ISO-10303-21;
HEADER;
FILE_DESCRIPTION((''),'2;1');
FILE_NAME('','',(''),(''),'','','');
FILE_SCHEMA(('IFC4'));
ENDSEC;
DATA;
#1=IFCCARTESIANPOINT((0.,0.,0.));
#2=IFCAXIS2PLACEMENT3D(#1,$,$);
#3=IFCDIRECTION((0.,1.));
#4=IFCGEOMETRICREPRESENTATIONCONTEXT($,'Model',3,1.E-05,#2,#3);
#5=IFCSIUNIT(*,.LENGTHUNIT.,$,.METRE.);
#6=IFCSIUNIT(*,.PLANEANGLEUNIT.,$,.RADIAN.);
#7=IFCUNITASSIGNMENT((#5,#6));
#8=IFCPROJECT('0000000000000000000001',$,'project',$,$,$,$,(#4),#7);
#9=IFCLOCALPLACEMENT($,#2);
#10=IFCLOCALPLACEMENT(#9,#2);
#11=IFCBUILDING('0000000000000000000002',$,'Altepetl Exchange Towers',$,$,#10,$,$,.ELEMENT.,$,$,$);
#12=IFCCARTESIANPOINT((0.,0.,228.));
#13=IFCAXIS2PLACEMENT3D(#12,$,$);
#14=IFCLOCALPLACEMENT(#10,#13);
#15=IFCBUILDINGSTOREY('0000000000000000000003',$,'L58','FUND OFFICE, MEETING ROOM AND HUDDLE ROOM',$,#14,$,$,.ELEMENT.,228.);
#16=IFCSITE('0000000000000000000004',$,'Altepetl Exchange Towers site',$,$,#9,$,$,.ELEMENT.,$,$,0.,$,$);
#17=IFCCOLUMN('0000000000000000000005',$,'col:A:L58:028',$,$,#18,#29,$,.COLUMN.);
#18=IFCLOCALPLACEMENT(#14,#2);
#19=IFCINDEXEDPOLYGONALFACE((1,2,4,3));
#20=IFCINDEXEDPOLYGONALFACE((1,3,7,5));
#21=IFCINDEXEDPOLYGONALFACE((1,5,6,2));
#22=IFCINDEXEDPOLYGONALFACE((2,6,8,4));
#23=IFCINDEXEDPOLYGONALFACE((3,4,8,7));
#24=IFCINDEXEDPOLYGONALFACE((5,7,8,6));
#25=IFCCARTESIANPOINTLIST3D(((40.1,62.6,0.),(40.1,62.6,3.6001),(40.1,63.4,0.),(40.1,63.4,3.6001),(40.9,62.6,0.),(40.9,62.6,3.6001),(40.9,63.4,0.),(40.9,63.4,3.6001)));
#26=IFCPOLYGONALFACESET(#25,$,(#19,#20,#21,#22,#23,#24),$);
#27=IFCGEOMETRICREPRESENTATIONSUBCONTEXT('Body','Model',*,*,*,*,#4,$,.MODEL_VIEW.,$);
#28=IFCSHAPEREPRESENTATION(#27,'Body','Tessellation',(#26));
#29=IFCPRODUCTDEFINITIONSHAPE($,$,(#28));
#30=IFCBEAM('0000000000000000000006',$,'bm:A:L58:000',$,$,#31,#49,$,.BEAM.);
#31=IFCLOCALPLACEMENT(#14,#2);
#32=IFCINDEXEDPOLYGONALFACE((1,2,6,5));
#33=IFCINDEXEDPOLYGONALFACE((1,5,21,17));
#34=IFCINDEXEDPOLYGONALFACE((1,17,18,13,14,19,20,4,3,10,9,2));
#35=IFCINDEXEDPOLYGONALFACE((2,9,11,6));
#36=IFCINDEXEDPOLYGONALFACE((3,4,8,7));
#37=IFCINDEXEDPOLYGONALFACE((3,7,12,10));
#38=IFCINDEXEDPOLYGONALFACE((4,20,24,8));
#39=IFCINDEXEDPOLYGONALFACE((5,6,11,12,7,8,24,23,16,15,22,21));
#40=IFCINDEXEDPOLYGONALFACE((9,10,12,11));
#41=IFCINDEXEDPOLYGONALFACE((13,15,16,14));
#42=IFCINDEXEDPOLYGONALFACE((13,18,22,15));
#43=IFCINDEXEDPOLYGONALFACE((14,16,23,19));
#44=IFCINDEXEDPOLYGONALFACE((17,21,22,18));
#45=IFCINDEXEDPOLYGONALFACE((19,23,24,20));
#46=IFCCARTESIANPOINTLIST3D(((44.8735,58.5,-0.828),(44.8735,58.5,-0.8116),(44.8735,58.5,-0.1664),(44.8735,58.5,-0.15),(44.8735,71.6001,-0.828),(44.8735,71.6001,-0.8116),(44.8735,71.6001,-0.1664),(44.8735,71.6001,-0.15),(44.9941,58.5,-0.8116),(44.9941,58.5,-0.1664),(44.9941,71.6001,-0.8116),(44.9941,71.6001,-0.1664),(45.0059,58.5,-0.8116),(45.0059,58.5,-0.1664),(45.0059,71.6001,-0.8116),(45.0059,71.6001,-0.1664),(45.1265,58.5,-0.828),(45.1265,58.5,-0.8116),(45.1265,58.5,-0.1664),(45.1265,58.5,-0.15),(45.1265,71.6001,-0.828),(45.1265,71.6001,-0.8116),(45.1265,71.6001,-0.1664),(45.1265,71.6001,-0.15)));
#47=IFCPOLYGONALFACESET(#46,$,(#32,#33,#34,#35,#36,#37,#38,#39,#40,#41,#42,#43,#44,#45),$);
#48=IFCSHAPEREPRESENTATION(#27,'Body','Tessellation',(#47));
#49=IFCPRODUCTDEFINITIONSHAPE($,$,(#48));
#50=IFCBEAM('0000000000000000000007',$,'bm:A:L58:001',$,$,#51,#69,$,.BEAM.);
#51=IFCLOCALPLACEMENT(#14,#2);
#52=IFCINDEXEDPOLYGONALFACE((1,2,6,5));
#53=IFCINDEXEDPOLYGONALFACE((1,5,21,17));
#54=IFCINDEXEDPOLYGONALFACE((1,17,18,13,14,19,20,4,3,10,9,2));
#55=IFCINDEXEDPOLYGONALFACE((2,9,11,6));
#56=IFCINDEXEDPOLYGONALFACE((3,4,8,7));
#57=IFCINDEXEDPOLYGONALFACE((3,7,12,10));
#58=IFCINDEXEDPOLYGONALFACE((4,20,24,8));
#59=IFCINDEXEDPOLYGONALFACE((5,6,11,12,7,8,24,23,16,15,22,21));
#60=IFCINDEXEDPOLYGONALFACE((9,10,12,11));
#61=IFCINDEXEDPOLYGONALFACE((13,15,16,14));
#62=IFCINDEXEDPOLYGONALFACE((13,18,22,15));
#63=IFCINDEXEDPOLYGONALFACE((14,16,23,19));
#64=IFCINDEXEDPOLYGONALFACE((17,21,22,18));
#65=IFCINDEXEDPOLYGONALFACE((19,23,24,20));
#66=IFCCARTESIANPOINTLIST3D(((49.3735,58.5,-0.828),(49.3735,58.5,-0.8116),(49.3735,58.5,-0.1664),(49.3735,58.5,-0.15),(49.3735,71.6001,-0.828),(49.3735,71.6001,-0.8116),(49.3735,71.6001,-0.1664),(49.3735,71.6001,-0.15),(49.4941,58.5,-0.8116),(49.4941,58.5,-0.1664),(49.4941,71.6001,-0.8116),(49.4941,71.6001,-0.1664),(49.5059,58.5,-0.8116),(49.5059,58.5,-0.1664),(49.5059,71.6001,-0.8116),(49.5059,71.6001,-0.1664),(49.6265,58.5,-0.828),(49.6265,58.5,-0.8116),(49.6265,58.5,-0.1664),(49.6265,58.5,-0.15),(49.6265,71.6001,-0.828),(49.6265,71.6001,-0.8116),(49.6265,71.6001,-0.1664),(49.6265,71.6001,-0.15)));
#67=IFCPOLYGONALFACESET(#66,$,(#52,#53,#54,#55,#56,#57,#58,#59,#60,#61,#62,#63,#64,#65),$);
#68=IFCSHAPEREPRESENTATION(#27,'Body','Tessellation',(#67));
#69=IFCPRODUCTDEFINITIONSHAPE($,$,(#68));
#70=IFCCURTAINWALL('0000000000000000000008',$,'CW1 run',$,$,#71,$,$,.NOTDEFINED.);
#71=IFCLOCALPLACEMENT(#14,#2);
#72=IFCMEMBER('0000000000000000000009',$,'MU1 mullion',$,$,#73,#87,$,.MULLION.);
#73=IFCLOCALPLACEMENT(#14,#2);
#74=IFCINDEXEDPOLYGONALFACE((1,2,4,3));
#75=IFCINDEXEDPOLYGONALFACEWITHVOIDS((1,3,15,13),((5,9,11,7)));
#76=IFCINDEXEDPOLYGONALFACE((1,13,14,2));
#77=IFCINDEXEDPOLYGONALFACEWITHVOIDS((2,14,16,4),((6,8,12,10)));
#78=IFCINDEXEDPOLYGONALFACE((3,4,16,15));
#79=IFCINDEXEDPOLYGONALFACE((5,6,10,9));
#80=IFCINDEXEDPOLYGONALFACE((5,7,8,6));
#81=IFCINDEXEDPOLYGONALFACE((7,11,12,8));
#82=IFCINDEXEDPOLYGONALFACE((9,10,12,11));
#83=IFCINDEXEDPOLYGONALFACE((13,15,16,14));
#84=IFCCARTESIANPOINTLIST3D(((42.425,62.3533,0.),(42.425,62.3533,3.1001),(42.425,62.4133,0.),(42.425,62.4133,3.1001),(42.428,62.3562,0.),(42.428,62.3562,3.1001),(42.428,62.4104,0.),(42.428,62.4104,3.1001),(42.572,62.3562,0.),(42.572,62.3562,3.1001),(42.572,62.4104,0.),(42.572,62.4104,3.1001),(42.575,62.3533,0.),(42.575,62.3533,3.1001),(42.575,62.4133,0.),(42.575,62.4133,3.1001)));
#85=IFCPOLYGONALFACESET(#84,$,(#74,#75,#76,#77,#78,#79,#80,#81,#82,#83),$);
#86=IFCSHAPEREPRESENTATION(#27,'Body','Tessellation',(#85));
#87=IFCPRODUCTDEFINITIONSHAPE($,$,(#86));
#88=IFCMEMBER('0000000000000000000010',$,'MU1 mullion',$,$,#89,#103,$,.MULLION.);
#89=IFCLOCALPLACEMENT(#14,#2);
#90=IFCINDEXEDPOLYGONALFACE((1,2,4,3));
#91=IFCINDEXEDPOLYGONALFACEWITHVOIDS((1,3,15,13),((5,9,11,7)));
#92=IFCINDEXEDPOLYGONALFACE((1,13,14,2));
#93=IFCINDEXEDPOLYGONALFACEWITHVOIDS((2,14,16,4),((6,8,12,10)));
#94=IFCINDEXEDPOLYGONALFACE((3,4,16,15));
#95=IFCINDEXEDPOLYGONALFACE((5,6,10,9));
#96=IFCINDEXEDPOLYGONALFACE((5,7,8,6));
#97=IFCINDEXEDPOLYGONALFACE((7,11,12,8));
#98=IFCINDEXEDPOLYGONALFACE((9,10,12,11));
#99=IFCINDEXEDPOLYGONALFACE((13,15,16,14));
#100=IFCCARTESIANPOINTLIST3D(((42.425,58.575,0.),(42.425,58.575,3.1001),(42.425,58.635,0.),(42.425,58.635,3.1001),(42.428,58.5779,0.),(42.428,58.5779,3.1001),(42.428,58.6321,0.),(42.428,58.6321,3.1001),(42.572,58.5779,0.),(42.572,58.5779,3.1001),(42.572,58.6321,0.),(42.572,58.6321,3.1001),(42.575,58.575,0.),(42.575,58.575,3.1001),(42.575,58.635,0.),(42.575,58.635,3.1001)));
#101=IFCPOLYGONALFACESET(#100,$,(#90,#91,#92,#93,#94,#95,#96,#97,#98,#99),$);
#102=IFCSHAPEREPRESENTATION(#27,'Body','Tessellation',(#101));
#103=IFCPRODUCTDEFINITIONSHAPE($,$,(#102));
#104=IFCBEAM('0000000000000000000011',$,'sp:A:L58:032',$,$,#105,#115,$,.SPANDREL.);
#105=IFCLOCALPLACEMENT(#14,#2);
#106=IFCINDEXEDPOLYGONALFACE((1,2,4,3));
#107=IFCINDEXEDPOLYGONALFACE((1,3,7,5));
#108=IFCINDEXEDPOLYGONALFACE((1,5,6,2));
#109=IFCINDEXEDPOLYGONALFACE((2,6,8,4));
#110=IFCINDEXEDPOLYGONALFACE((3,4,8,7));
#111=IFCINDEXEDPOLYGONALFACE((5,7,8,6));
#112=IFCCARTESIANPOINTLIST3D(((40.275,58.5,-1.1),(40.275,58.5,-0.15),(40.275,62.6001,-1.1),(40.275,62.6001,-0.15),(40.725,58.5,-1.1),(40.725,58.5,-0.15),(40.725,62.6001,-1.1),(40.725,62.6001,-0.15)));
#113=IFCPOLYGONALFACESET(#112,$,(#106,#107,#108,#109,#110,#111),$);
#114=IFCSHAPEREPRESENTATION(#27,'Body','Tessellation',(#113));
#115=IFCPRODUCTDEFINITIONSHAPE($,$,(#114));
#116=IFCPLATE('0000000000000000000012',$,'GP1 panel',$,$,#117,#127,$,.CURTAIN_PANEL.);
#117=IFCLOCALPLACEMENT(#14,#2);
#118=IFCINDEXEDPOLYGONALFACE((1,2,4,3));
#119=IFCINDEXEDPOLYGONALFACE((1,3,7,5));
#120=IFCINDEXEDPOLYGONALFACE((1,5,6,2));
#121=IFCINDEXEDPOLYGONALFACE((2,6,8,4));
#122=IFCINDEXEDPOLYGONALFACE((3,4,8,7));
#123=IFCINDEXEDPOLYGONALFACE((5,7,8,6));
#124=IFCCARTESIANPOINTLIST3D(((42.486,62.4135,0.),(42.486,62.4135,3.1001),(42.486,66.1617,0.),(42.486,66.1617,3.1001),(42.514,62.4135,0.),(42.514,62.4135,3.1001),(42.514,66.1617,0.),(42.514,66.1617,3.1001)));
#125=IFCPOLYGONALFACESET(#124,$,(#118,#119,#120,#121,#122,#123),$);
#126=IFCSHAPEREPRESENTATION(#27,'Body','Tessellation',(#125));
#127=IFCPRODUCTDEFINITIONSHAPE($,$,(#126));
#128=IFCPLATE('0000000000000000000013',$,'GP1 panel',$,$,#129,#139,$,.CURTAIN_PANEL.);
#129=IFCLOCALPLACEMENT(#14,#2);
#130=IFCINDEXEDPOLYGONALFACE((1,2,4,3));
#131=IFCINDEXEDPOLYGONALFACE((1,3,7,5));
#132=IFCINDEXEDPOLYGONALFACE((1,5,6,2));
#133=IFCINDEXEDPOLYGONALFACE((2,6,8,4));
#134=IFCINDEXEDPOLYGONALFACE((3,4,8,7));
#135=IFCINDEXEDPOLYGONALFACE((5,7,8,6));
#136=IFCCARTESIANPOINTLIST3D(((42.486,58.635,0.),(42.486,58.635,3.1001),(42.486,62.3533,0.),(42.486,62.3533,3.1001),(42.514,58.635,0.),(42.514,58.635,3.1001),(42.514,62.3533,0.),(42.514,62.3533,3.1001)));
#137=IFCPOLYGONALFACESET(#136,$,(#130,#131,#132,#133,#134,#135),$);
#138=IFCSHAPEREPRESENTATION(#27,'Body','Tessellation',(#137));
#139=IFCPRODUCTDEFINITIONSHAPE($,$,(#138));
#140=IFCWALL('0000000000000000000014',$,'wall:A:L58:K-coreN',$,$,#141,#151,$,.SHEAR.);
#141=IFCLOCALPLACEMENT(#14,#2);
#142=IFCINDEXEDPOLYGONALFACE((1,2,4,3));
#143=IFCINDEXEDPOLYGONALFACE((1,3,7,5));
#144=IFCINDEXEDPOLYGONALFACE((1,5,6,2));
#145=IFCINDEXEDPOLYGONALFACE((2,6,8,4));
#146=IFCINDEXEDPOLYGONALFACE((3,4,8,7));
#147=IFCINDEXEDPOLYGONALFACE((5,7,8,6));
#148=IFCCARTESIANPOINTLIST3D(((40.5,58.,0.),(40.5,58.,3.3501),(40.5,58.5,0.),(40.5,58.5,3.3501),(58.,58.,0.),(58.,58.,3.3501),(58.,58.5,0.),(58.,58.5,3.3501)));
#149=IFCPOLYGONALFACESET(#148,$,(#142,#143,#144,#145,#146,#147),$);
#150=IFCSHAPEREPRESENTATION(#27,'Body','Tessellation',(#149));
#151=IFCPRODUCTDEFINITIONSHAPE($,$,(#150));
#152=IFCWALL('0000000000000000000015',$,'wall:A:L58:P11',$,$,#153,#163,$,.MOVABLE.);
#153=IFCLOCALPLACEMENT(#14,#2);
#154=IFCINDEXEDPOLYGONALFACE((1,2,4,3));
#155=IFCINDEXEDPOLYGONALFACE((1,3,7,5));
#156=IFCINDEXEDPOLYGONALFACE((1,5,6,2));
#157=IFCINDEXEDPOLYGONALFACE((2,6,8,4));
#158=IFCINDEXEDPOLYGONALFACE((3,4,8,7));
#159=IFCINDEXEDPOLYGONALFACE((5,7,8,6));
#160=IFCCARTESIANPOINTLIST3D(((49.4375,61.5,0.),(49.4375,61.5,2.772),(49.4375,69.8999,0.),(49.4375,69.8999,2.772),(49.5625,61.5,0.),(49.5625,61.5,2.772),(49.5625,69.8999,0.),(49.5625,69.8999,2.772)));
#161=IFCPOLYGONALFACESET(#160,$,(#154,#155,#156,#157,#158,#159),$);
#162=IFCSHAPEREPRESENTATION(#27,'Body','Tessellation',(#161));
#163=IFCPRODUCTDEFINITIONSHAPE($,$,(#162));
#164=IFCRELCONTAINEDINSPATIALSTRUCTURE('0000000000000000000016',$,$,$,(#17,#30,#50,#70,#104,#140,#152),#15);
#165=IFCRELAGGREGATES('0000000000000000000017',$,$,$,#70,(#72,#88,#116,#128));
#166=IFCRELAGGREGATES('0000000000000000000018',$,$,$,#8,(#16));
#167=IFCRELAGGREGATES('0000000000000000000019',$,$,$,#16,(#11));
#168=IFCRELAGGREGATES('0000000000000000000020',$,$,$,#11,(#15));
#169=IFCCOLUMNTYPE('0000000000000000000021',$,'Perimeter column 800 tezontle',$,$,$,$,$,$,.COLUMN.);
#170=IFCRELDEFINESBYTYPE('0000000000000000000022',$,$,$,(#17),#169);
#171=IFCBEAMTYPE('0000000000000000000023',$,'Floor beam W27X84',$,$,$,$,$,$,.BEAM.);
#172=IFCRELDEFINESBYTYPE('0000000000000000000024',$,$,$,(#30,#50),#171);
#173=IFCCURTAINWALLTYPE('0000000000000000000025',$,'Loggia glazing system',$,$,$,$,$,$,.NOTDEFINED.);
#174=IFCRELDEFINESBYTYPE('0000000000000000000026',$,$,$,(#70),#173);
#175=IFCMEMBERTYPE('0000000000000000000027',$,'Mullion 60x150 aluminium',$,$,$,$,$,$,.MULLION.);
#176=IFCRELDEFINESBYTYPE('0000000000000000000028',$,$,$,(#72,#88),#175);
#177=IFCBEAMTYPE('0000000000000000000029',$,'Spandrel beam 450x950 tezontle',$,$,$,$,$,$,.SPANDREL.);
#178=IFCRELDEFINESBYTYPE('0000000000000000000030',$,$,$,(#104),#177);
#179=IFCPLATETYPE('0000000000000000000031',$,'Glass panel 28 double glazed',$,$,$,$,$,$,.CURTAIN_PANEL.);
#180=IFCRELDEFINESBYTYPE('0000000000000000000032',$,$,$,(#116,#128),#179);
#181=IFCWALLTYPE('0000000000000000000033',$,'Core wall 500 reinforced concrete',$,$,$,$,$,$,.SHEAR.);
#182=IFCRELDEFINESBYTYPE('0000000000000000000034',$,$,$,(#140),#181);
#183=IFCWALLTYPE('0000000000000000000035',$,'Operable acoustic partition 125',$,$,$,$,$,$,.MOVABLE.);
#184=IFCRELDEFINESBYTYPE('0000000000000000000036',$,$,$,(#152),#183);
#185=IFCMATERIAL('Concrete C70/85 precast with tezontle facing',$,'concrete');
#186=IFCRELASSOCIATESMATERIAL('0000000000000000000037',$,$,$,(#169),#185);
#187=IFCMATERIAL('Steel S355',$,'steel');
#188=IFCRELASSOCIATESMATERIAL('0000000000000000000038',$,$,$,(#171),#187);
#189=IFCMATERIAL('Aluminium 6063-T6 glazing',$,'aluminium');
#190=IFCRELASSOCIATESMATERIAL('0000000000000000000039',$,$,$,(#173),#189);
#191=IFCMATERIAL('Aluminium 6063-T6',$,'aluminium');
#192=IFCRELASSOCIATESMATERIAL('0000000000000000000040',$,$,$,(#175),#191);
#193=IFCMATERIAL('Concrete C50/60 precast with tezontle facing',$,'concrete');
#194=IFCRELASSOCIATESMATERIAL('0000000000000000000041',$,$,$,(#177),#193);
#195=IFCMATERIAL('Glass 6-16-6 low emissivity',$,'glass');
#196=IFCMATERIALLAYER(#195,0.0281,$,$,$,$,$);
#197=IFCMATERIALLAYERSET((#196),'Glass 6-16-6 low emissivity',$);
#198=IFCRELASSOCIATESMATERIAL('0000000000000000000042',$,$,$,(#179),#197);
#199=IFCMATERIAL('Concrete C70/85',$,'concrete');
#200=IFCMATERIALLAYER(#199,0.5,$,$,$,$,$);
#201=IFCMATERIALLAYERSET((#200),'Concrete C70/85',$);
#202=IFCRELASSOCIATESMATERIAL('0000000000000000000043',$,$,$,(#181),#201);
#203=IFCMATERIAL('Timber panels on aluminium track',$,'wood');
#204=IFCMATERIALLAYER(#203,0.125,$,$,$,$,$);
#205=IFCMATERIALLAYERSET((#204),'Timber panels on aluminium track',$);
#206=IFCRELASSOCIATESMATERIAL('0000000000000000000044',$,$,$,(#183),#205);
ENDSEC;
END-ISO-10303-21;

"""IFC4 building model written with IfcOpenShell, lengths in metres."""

from ifc_helpers import new_model, si_unit, direction, frame, frame_2d, origin, origin_2d, place, context, subcontext, project, spatial, rectangle, hollow_rectangle, i_section, extrude, material, layer, layer_set, material_profile, profile_set, type_object, element, aggregate, save


model = new_model("IFC4")

# Units and contexts
model_context = context("Model", 3, precision=1e-05, world=origin(), true_north=direction((0.0, 1.0)))
body_context = subcontext(model_context, "Body", "Model", "MODEL_VIEW")
ifc_project = project(units=[si_unit("LENGTHUNIT", "METRE"), si_unit("PLANEANGLEUNIT", "RADIAN")], contexts=[model_context])

# Site, building, storey
site_placement = place(None, origin())
site = spatial("IfcSite", under=ifc_project, at=site_placement, Name="Altepetl Exchange Towers site", CompositionType="ELEMENT", RefElevation=0.0)
building_placement = place(site_placement, origin())
building = spatial("IfcBuilding", under=site, at=building_placement, Name="Altepetl Exchange Towers", CompositionType="ELEMENT")
storey_placement = place(building_placement, frame((0.0, 0.0, 228.0)))
storey = spatial("IfcBuildingStorey", under=building, at=storey_placement, Name="L58", Description="FUND OFFICE, MEETING ROOM AND HUDDLE ROOM", CompositionType="ELEMENT", Elevation=228.0)

# Column
ifc_material_1 = material(Name="Concrete C70/85 precast with tezontle facing", Category="concrete")
ifc_material_profile_1 = material_profile(ifc_material_1, rectangle(XDim=0.8, YDim=0.8, at=origin_2d()), Name="800 x 800")
ifc_profile_set_1 = profile_set([ifc_material_profile_1], Name="Concrete C70/85 precast with tezontle facing")
column_type = type_object("IfcColumnType", Name="Perimeter column 800 tezontle", PredefinedType="COLUMN", material=ifc_profile_set_1)
column_placement = place(storey_placement, frame((40.5, 63.0, 0.0)))
element("IfcColumn", 1, at=column_placement, inside=storey, type_object=column_type, Name="col:A:L58:028", PredefinedType="COLUMN", context=body_context, shape_type="SweptSolid", body=[
    extrude(rectangle(XDim=0.8, YDim=0.8, at=origin_2d()), origin(), (0.0, 0.0, 1.0), 3.6001),
])

# Beams
ifc_material_2 = material(Name="Steel S355", Category="steel")
ifc_material_profile_2 = material_profile(ifc_material_2, i_section(OverallWidth=0.2529, OverallDepth=0.678, WebThickness=0.0117, FlangeThickness=0.0164, at=origin_2d()), Name="W27X84")
ifc_profile_set_2 = profile_set([ifc_material_profile_2], Name="Steel S355")
beam_type_1 = type_object("IfcBeamType", Name="Floor beam W27X84", PredefinedType="BEAM", material=ifc_profile_set_2)
for number, where, z_axis, x_axis, name in (
    (2, (45.0, 58.5, -0.489), (0.0, 1.0, 0.0), (-1.0, 0.0, 0.0), "bm:A:L58:000"),
    (3, (49.5, 58.5, -0.489), (0.0, 1.0, 0.0), (-1.0, 0.0, 0.0), "bm:A:L58:001"),
):
    element("IfcBeam", number, at=place(storey_placement, frame(where, z_axis=z_axis, x_axis=x_axis)), inside=storey, type_object=beam_type_1, Name=name, PredefinedType="BEAM", context=body_context, shape_type="SweptSolid", body=[
        extrude(i_section(OverallWidth=0.2529, OverallDepth=0.678, WebThickness=0.0117, FlangeThickness=0.0164, at=origin_2d()), origin(), (0.0, 0.0, 1.0), 13.1001),
    ])

# Curtain wall, members
ifc_material_3 = material(Name="Aluminium 6063-T6 glazing", Category="aluminium")
curtain_wall_type = type_object("IfcCurtainWallType", Name="Loggia glazing system", PredefinedType="NOTDEFINED", material=ifc_material_3)
curtain_wall_placement = place(storey_placement, origin())
curtain_wall = element("IfcCurtainWall", 4, at=curtain_wall_placement, inside=storey, type_object=curtain_wall_type, Name="CW1 run", PredefinedType="NOTDEFINED")
ifc_material_4 = material(Name="Aluminium 6063-T6", Category="aluminium")
ifc_material_profile_3 = material_profile(ifc_material_4, hollow_rectangle(XDim=0.0601, YDim=0.1499, WallThickness=0.0029, at=origin_2d()), Name="Mullion 60x150 aluminium")
ifc_profile_set_3 = profile_set([ifc_material_profile_3], Name="Aluminium 6063-T6")
member_type = type_object("IfcMemberType", Name="Mullion 60x150 aluminium", PredefinedType="MULLION", material=ifc_profile_set_3)
member_1_placement = place(storey_placement, frame((42.5, 62.3833, 0.0), z_axis=(0.0, 0.0, 1.0), x_axis=(0.0, -1.0, 0.0)))
member_1 = element("IfcMember", 5, at=member_1_placement, type_object=member_type, Name="MU1 mullion", PredefinedType="MULLION", context=body_context, shape_type="SweptSolid", body=[
    extrude(hollow_rectangle(XDim=0.0601, YDim=0.1499, WallThickness=0.0029, at=origin_2d()), origin(), (0.0, 0.0, 1.0), 3.1001),
])
member_2_placement = place(storey_placement, frame((42.5, 58.605, 0.0), z_axis=(0.0, 0.0, 1.0), x_axis=(0.0, -1.0, 0.0)))
member_2 = element("IfcMember", 6, at=member_2_placement, type_object=member_type, Name="MU1 mullion", PredefinedType="MULLION", context=body_context, shape_type="SweptSolid", body=[
    extrude(hollow_rectangle(XDim=0.0601, YDim=0.1499, WallThickness=0.0029, at=origin_2d()), origin(), (0.0, 0.0, 1.0), 3.1001),
])

# Beam
ifc_material_5 = material(Name="Concrete C50/60 precast with tezontle facing", Category="concrete")
ifc_material_profile_4 = material_profile(ifc_material_5, rectangle(XDim=0.45, YDim=0.95, at=origin_2d()), Name="450 x 950")
ifc_profile_set_4 = profile_set([ifc_material_profile_4], Name="Concrete C50/60 precast with tezontle facing")
beam_type_2 = type_object("IfcBeamType", Name="Spandrel beam 450x950 tezontle", PredefinedType="SPANDREL", material=ifc_profile_set_4)
beam_placement = place(storey_placement, frame((40.5, 62.6001, -0.625), z_axis=(0.0, -1.0, 0.0), x_axis=(1.0, 0.0, 0.0)))
element("IfcBeam", 7, at=beam_placement, inside=storey, type_object=beam_type_2, Name="sp:A:L58:032", PredefinedType="SPANDREL", context=body_context, shape_type="SweptSolid", body=[
    extrude(rectangle(XDim=0.45, YDim=0.95, at=origin_2d()), origin(), (0.0, 0.0, 1.0), 4.1001),
])

# Plates
ifc_material_6 = material(Name="Glass 6-16-6 low emissivity", Category="glass")
ifc_layer_1 = layer(ifc_material_6, 0.0281)
ifc_layer_set_1 = layer_set([ifc_layer_1], Name="Glass 6-16-6 low emissivity")
plate_type = type_object("IfcPlateType", Name="Glass panel 28 double glazed", PredefinedType="CURTAIN_PANEL", material=ifc_layer_set_1)
plate_1_placement = place(storey_placement, frame((42.5, 64.2876, 0.0), z_axis=(0.0, 0.0, 1.0), x_axis=(0.0, -1.0, 0.0)))
plate_1 = element("IfcPlate", 8, at=plate_1_placement, type_object=plate_type, Name="GP1 panel", PredefinedType="CURTAIN_PANEL", context=body_context, shape_type="SweptSolid", body=[
    extrude(rectangle(XDim=3.7483, YDim=0.0281, at=origin_2d()), origin(), (0.0, 0.0, 1.0), 3.1001),
])
plate_2_placement = place(storey_placement, frame((42.5, 60.4941, 0.0), z_axis=(0.0, 0.0, 1.0), x_axis=(0.0, -1.0, 0.0)))
plate_2 = element("IfcPlate", 9, at=plate_2_placement, type_object=plate_type, Name="GP1 panel", PredefinedType="CURTAIN_PANEL", context=body_context, shape_type="SweptSolid", body=[
    extrude(rectangle(XDim=3.7183, YDim=0.0281, at=origin_2d()), origin(), (0.0, 0.0, 1.0), 3.1001),
])
aggregate(curtain_wall, [member_1, member_2, plate_1, plate_2])

# Walls
ifc_material_7 = material(Name="Concrete C70/85", Category="concrete")
ifc_layer_2 = layer(ifc_material_7, 0.5)
ifc_layer_set_2 = layer_set([ifc_layer_2], Name="Concrete C70/85")
wall_type_1 = type_object("IfcWallType", Name="Core wall 500 reinforced concrete", PredefinedType="SHEAR", material=ifc_layer_set_2)
wall_1_placement = place(storey_placement, frame((40.5, 58.25, 0.0)))
element("IfcWall", 10, at=wall_1_placement, inside=storey, type_object=wall_type_1, Name="wall:A:L58:K-coreN", PredefinedType="SHEAR", context=body_context, shape_type="SweptSolid", body=[
    extrude(rectangle(XDim=17.5, YDim=0.5, at=frame_2d((8.75, 0.0))), origin(), (0.0, 0.0, 1.0), 3.3501),
])
ifc_material_8 = material(Name="Timber panels on aluminium track", Category="wood")
ifc_layer_3 = layer(ifc_material_8, 0.125)
ifc_layer_set_3 = layer_set([ifc_layer_3], Name="Timber panels on aluminium track")
wall_type_2 = type_object("IfcWallType", Name="Operable acoustic partition 125", PredefinedType="MOVABLE", material=ifc_layer_set_3)
wall_2_placement = place(storey_placement, frame((49.5, 61.5, 0.0), z_axis=(0.0, 0.0, 1.0), x_axis=(0.0, 1.0, 0.0)))
element("IfcWall", 11, at=wall_2_placement, inside=storey, type_object=wall_type_2, Name="wall:A:L58:P11", PredefinedType="MOVABLE", context=body_context, shape_type="SweptSolid", body=[
    extrude(rectangle(XDim=8.3999, YDim=0.125, at=frame_2d((4.2, 0.0))), origin(), (0.0, 0.0, 1.0), 2.772),
])

save(model, "model.ifc")
